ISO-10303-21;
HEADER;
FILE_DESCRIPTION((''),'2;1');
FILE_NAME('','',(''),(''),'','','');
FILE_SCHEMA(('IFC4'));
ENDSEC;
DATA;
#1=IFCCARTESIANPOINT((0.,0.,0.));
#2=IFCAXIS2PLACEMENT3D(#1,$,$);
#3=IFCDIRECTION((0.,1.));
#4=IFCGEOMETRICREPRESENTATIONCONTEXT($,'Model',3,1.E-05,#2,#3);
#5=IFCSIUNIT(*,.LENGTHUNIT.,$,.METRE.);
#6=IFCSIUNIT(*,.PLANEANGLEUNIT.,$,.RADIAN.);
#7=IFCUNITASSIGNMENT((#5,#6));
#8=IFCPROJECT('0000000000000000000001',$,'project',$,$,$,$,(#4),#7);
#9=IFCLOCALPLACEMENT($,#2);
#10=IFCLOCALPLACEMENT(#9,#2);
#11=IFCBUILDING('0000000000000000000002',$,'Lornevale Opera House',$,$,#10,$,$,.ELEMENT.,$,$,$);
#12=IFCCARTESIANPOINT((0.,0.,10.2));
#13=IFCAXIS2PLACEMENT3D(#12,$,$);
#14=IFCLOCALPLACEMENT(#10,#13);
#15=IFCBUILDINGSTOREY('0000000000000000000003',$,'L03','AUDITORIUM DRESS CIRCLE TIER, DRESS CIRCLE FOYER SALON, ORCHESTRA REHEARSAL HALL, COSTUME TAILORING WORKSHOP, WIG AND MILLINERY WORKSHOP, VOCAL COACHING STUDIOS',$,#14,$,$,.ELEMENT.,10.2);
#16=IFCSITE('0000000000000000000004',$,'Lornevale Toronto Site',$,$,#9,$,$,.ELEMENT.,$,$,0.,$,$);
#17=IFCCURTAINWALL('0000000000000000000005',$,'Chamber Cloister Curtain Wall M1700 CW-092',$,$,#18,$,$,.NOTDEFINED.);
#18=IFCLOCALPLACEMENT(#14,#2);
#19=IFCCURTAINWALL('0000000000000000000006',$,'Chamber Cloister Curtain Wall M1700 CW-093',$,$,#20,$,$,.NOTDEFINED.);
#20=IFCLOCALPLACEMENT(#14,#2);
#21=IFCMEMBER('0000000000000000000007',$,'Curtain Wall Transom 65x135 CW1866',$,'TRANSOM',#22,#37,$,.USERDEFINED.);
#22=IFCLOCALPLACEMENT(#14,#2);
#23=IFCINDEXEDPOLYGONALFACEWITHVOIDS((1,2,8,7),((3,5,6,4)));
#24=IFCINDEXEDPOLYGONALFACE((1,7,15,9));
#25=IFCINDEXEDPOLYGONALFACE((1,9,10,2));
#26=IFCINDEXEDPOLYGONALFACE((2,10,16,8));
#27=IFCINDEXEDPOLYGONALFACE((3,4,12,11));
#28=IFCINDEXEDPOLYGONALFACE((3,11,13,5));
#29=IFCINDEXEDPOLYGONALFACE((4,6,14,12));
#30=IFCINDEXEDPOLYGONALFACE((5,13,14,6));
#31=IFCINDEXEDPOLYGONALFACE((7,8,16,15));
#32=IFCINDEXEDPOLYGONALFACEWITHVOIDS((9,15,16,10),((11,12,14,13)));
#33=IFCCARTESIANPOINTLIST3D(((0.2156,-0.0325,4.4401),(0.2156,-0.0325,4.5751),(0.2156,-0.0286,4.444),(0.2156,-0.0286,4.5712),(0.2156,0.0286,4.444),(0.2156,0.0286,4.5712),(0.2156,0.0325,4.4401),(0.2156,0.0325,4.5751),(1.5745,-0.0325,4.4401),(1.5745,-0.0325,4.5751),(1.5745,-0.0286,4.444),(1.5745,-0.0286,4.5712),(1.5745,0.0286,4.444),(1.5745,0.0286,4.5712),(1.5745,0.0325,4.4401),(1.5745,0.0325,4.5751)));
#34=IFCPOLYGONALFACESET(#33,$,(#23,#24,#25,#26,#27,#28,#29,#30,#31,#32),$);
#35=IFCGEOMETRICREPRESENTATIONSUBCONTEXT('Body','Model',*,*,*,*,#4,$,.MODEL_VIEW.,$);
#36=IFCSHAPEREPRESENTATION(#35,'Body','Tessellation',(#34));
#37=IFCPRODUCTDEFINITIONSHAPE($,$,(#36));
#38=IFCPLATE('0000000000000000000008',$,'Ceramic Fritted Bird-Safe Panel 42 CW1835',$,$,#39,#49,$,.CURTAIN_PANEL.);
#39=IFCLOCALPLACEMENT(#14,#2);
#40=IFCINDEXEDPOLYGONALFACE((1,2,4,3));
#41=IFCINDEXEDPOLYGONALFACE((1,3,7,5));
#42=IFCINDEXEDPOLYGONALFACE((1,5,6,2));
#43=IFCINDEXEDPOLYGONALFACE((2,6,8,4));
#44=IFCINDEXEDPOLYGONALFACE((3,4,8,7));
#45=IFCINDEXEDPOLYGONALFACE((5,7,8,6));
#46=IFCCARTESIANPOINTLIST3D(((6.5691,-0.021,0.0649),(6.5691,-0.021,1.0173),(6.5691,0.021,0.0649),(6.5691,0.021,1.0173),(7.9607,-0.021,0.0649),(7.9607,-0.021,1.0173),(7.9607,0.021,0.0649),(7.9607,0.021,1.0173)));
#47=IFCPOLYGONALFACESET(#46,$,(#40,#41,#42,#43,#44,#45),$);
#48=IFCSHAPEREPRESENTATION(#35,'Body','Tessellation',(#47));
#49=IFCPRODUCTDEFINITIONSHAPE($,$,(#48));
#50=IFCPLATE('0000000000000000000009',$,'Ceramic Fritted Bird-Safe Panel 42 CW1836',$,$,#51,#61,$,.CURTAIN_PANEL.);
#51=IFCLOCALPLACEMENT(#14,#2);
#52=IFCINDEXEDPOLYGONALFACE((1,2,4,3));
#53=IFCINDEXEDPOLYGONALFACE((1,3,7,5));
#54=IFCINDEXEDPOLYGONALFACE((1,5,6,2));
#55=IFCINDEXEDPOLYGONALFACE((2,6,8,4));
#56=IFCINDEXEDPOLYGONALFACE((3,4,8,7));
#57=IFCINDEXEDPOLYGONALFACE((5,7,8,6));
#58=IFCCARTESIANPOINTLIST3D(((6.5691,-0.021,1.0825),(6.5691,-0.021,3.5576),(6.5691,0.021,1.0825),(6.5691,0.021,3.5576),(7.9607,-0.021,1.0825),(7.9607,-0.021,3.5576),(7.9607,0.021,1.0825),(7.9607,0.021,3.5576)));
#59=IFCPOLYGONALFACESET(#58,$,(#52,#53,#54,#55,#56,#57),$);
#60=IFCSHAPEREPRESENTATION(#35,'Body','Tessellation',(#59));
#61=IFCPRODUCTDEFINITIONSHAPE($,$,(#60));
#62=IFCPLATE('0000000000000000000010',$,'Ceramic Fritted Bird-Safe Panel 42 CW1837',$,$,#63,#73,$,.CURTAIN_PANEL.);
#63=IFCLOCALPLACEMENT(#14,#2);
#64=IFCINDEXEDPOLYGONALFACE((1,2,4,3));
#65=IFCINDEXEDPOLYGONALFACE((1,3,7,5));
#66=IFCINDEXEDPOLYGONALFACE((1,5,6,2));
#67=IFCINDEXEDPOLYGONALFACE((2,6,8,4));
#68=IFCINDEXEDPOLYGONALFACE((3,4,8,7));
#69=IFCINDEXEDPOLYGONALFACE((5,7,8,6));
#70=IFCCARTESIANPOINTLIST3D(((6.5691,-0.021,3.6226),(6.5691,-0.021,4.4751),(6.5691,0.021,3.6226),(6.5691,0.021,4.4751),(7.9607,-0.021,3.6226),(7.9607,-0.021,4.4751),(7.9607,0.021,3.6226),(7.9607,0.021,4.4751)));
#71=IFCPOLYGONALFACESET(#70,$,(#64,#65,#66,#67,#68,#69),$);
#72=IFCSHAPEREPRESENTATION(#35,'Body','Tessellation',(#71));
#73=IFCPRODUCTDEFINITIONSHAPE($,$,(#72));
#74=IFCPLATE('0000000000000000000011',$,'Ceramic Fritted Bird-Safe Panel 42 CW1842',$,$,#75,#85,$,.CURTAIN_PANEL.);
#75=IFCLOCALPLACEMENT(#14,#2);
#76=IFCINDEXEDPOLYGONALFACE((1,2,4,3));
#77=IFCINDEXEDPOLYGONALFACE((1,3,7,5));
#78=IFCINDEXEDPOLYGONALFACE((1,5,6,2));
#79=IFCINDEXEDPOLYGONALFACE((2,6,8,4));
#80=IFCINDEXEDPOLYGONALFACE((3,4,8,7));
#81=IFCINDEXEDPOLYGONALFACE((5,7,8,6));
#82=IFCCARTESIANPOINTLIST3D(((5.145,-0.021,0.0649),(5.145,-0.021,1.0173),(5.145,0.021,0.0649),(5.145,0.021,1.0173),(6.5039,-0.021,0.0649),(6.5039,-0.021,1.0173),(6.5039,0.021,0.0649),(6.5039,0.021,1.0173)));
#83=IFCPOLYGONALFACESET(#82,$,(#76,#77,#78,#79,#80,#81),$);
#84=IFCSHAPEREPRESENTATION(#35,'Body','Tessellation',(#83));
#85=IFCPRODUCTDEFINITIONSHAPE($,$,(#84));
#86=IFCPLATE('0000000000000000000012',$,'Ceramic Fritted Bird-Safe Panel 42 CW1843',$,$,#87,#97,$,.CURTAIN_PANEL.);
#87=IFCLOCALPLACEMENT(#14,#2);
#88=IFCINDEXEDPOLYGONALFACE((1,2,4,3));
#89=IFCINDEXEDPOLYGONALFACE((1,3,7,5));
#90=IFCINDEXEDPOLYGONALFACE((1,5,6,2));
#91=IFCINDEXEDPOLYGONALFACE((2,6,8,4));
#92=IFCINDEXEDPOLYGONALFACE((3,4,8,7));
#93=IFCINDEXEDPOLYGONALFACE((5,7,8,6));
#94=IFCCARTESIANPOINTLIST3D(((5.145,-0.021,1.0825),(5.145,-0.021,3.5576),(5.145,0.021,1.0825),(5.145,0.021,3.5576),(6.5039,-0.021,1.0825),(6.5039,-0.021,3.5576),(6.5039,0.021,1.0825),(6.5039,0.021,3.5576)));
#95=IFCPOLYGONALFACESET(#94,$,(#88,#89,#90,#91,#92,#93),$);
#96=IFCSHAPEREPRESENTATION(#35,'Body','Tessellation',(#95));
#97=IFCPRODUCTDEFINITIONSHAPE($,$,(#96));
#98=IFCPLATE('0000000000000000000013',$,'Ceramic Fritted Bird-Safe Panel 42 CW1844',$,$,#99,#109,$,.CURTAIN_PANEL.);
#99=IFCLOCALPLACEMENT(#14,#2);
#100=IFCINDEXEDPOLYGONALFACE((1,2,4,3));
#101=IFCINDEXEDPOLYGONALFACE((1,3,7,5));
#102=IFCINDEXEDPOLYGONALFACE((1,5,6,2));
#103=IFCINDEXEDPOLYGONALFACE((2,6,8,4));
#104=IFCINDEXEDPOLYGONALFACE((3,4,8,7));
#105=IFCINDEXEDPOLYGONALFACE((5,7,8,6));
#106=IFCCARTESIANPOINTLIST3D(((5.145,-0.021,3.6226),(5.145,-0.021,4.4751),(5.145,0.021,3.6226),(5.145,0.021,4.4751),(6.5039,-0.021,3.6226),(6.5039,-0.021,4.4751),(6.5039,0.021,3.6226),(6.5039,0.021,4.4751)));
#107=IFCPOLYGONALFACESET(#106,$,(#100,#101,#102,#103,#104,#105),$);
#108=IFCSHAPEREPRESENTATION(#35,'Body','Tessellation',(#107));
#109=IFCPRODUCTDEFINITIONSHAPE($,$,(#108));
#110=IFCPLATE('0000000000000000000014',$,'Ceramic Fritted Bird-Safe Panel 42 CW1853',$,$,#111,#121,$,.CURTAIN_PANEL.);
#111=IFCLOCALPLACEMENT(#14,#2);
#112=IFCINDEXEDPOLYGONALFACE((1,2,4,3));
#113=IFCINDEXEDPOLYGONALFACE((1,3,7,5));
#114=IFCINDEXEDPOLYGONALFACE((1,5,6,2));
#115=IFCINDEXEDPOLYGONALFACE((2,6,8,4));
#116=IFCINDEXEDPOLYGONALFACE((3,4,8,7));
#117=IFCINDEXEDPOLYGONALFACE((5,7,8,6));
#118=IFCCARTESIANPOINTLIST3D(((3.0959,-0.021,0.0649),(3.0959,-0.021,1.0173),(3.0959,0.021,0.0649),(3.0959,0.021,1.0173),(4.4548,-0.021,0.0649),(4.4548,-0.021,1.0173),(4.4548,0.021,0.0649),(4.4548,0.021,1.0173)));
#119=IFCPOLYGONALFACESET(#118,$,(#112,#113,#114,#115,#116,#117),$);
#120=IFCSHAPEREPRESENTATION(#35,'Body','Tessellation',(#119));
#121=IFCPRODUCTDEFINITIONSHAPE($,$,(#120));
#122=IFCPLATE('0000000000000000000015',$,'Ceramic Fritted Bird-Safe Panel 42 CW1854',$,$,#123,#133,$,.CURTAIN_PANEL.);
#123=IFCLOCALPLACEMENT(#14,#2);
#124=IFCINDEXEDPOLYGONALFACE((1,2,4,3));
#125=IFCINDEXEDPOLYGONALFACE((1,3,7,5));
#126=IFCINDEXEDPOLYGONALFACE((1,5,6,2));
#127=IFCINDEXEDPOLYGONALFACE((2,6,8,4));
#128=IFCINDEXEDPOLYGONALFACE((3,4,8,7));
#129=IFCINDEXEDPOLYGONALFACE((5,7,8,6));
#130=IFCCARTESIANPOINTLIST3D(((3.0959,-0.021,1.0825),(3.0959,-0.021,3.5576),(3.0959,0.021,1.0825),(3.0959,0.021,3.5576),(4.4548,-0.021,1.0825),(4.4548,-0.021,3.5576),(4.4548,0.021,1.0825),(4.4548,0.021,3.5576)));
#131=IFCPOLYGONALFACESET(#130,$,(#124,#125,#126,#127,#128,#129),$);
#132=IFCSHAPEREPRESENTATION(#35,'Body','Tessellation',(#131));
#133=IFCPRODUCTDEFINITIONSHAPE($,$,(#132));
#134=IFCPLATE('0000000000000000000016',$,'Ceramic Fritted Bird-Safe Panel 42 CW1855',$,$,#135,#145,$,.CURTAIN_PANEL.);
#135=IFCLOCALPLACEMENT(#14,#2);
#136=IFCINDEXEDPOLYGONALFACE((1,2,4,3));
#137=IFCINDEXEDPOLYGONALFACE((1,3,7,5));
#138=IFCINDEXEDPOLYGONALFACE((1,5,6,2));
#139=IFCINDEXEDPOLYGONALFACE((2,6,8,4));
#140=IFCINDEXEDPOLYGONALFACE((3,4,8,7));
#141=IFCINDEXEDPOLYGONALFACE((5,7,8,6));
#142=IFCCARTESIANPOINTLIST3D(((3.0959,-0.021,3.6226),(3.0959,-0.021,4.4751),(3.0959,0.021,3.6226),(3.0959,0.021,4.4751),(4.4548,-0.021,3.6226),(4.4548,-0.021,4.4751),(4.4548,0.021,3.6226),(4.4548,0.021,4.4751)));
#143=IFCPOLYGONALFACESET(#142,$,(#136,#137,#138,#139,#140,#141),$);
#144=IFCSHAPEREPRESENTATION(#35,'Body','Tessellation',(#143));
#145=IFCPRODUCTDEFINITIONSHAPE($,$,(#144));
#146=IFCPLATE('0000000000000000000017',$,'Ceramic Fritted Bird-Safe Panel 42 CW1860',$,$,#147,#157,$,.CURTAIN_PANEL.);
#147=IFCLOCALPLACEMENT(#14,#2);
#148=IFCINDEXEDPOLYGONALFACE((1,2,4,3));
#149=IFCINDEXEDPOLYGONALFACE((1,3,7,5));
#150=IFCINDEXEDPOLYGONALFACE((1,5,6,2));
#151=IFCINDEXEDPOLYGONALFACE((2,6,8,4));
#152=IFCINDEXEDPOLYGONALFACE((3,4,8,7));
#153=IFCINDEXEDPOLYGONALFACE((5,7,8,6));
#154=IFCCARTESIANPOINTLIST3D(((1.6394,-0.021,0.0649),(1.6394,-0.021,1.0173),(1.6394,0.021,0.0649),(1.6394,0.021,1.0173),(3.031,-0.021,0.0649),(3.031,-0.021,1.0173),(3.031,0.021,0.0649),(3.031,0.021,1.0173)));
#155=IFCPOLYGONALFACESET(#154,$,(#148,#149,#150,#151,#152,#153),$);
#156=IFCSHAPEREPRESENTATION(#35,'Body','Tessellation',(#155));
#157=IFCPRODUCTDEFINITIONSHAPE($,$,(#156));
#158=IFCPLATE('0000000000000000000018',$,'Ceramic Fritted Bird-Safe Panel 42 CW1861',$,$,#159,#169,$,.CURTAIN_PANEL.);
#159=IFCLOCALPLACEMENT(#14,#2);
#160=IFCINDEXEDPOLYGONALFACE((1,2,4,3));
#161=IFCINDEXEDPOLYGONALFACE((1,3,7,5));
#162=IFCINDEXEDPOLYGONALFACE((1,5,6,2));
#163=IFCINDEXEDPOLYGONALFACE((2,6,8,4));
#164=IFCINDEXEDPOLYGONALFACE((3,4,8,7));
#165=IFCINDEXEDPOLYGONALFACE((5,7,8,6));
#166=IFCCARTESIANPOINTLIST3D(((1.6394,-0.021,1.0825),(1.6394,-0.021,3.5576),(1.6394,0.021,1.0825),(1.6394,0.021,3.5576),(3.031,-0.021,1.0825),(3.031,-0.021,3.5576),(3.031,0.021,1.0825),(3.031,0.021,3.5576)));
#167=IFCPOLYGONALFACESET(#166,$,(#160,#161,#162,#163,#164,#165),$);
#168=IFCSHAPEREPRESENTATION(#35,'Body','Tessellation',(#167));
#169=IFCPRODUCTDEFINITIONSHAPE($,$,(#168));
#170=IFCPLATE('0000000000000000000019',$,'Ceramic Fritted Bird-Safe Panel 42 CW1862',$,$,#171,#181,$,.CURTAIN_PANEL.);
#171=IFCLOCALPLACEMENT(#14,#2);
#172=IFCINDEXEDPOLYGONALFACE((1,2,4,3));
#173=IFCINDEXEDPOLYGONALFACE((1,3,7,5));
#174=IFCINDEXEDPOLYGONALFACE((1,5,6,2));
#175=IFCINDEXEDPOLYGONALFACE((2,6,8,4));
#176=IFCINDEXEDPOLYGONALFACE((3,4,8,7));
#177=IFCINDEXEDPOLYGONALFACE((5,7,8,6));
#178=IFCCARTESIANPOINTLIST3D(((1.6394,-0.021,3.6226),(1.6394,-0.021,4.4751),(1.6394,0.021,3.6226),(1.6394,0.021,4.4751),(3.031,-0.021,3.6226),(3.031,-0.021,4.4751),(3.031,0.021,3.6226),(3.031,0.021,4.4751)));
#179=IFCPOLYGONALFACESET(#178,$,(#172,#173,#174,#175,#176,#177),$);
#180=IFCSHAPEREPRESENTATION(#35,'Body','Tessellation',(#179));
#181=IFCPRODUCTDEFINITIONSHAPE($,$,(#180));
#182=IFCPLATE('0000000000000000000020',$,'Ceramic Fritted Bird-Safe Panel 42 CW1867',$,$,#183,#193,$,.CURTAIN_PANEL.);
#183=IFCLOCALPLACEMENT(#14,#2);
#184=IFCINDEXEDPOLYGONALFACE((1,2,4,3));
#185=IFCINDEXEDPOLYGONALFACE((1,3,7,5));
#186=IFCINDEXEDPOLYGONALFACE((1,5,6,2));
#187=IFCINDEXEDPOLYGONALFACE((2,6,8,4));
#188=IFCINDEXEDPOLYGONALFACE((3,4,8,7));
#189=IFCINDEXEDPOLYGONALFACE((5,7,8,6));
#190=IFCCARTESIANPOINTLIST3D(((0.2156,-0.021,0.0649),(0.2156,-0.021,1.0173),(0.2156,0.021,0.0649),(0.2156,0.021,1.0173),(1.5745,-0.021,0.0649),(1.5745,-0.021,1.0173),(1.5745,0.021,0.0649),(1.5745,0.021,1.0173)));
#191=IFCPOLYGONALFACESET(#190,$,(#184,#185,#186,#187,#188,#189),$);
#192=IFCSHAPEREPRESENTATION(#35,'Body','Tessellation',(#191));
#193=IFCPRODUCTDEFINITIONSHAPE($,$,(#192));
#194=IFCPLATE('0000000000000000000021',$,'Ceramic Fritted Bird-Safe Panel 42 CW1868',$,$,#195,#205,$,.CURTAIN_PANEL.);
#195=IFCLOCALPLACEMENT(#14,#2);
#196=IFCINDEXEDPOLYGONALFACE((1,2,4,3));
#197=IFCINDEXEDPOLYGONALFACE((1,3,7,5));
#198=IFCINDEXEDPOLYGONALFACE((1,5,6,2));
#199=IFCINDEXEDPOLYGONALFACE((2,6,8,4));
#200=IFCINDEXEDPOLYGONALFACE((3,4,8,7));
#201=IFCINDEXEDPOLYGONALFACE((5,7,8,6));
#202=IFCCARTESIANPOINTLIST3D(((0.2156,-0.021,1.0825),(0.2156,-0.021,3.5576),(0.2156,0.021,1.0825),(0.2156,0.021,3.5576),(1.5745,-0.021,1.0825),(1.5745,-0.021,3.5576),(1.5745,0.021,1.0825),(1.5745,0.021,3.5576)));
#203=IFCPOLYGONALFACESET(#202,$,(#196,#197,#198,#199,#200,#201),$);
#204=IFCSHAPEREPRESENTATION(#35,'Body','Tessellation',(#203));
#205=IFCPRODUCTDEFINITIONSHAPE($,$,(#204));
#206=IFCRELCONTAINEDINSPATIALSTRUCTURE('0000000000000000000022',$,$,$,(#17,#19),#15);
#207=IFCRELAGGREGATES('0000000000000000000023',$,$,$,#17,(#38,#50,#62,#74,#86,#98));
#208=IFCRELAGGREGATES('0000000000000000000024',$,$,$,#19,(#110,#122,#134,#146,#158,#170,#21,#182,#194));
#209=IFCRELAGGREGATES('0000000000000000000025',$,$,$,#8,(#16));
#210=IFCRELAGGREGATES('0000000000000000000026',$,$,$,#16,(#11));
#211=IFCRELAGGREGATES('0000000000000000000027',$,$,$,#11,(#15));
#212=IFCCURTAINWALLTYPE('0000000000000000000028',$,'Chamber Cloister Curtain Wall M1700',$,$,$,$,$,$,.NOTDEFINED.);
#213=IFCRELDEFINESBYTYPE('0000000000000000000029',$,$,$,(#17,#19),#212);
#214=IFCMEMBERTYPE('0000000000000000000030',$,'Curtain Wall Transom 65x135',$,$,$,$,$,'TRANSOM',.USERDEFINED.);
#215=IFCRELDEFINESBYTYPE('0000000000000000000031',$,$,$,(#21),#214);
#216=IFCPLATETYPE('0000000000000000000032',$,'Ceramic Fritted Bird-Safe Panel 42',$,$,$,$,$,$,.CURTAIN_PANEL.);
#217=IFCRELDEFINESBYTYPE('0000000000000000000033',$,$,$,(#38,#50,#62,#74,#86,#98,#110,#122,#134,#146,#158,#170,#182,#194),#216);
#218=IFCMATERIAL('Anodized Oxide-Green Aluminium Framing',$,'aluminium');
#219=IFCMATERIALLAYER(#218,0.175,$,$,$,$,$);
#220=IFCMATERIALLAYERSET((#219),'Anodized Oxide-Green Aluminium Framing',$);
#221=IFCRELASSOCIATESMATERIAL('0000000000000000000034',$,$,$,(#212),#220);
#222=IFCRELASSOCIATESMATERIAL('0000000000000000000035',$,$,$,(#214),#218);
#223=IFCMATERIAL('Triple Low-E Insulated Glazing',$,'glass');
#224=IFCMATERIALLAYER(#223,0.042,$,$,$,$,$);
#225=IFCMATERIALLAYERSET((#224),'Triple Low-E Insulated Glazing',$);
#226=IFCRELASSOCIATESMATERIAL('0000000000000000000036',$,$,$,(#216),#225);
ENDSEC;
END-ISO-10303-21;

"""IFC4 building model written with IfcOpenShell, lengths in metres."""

from ifc_helpers import new_model, si_unit, direction, frame, origin, origin_2d, place, context, subcontext, project, spatial, rectangle, hollow_rectangle, extrude, material, layer, layer_set, material_profile, profile_set, type_object, element, aggregate, save


model = new_model("IFC4")

# Units and contexts
model_context = context("Model", 3, precision=1e-05, world=origin(), true_north=direction((0.0, 1.0)))
body_context = subcontext(model_context, "Body", "Model", "MODEL_VIEW")
ifc_project = project(units=[si_unit("LENGTHUNIT", "METRE"), si_unit("PLANEANGLEUNIT", "RADIAN")], contexts=[model_context])

# Site, building, storey
site_placement = place(None, origin())
site = spatial("IfcSite", under=ifc_project, at=site_placement, Name="Lornevale Toronto Site", CompositionType="ELEMENT", RefElevation=0.0)
building_placement = place(site_placement, origin())
building = spatial("IfcBuilding", under=site, at=building_placement, Name="Lornevale Opera House", CompositionType="ELEMENT")
storey_placement = place(building_placement, frame((0.0, 0.0, 10.2)))
storey = spatial("IfcBuildingStorey", under=building, at=storey_placement, Name="L03", Description="AUDITORIUM DRESS CIRCLE TIER, DRESS CIRCLE FOYER SALON, ORCHESTRA REHEARSAL HALL, COSTUME TAILORING WORKSHOP, WIG AND MILLINERY WORKSHOP, VOCAL COACHING STUDIOS", CompositionType="ELEMENT", Elevation=10.2)

# Curtain walls
ifc_material_1 = material(Name="Anodized Oxide-Green Aluminium Framing", Category="aluminium")
ifc_layer_1 = layer(ifc_material_1, 0.175)
ifc_layer_set_1 = layer_set([ifc_layer_1], Name="Anodized Oxide-Green Aluminium Framing")
curtain_wall_type = type_object("IfcCurtainWallType", Name="Chamber Cloister Curtain Wall M1700", PredefinedType="NOTDEFINED", material=ifc_layer_set_1)
curtain_wall_1_placement = place(storey_placement, origin())
curtain_wall_1 = element("IfcCurtainWall", 1, at=curtain_wall_1_placement, inside=storey, type_object=curtain_wall_type, Name="Chamber Cloister Curtain Wall M1700 CW-092", PredefinedType="NOTDEFINED")
curtain_wall_2_placement = place(storey_placement, origin())
curtain_wall_2 = element("IfcCurtainWall", 2, at=curtain_wall_2_placement, inside=storey, type_object=curtain_wall_type, Name="Chamber Cloister Curtain Wall M1700 CW-093", PredefinedType="NOTDEFINED")

# Member
ifc_material_profile_1 = material_profile(ifc_material_1, hollow_rectangle(XDim=0.0649, YDim=0.135, WallThickness=0.0039, at=origin_2d()), Name="ALU65x135x4")
ifc_profile_set_1 = profile_set([ifc_material_profile_1], Name="Anodized Oxide-Green Aluminium Framing")
member_type_1 = type_object("IfcMemberType", Name="Curtain Wall Transom 65x135", ElementType="TRANSOM", PredefinedType="USERDEFINED", material=ifc_profile_set_1)
member_1_placement = place(storey_placement, frame((1.5745, 0.0, 4.5076), z_axis=(-1.0, 0.0, 0.0), x_axis=(0.0, -1.0, 0.0)))
member_1 = element("IfcMember", 3, at=member_1_placement, type_object=member_type_1, Name="Curtain Wall Transom 65x135 CW1866", ObjectType="TRANSOM", PredefinedType="USERDEFINED", context=body_context, shape_type="SweptSolid", body=[
    extrude(hollow_rectangle(XDim=0.0649, YDim=0.135, WallThickness=0.0039, at=origin_2d()), origin(), (0.0, 0.0, 1.0), 1.3589),
])

# Plates
ifc_material_2 = material(Name="Triple Low-E Insulated Glazing", Category="glass")
ifc_layer_2 = layer(ifc_material_2, 0.042)
ifc_layer_set_2 = layer_set([ifc_layer_2], Name="Triple Low-E Insulated Glazing")
plate_type = type_object("IfcPlateType", Name="Ceramic Fritted Bird-Safe Panel 42", PredefinedType="CURTAIN_PANEL", material=ifc_layer_set_2)
plate_1_placement = place(storey_placement, frame((7.2649, 0.0, 0.0649), z_axis=(0.0, 0.0, 1.0), x_axis=(-1.0, 0.0, 0.0)))
plate_1 = element("IfcPlate", 4, at=plate_1_placement, type_object=plate_type, Name="Ceramic Fritted Bird-Safe Panel 42 CW1835", PredefinedType="CURTAIN_PANEL", context=body_context, shape_type="SweptSolid", body=[
    extrude(rectangle(XDim=1.3916, YDim=0.042, at=origin_2d()), origin(), (0.0, 0.0, 1.0), 0.9524),
])
plate_2_placement = place(storey_placement, frame((7.2649, 0.0, 1.0825), z_axis=(0.0, 0.0, 1.0), x_axis=(-1.0, 0.0, 0.0)))
plate_2 = element("IfcPlate", 5, at=plate_2_placement, type_object=plate_type, Name="Ceramic Fritted Bird-Safe Panel 42 CW1836", PredefinedType="CURTAIN_PANEL", context=body_context, shape_type="SweptSolid", body=[
    extrude(rectangle(XDim=1.3916, YDim=0.042, at=origin_2d()), origin(), (0.0, 0.0, 1.0), 2.4751),
])
plate_3_placement = place(storey_placement, frame((7.2649, 0.0, 3.6226), z_axis=(0.0, 0.0, 1.0), x_axis=(-1.0, 0.0, 0.0)))
plate_3 = element("IfcPlate", 6, at=plate_3_placement, type_object=plate_type, Name="Ceramic Fritted Bird-Safe Panel 42 CW1837", PredefinedType="CURTAIN_PANEL", context=body_context, shape_type="SweptSolid", body=[
    extrude(rectangle(XDim=1.3916, YDim=0.042, at=origin_2d()), origin(), (0.0, 0.0, 1.0), 0.8525),
])
plate_4_placement = place(storey_placement, frame((5.8245, 0.0, 0.0649), z_axis=(0.0, 0.0, 1.0), x_axis=(-1.0, 0.0, 0.0)))
plate_4 = element("IfcPlate", 7, at=plate_4_placement, type_object=plate_type, Name="Ceramic Fritted Bird-Safe Panel 42 CW1842", PredefinedType="CURTAIN_PANEL", context=body_context, shape_type="SweptSolid", body=[
    extrude(rectangle(XDim=1.3589, YDim=0.042, at=origin_2d()), origin(), (0.0, 0.0, 1.0), 0.9524),
])
plate_5_placement = place(storey_placement, frame((5.8245, 0.0, 1.0825), z_axis=(0.0, 0.0, 1.0), x_axis=(-1.0, 0.0, 0.0)))
plate_5 = element("IfcPlate", 8, at=plate_5_placement, type_object=plate_type, Name="Ceramic Fritted Bird-Safe Panel 42 CW1843", PredefinedType="CURTAIN_PANEL", context=body_context, shape_type="SweptSolid", body=[
    extrude(rectangle(XDim=1.3589, YDim=0.042, at=origin_2d()), origin(), (0.0, 0.0, 1.0), 2.4751),
])
plate_6_placement = place(storey_placement, frame((5.8245, 0.0, 3.6226), z_axis=(0.0, 0.0, 1.0), x_axis=(-1.0, 0.0, 0.0)))
plate_6 = element("IfcPlate", 9, at=plate_6_placement, type_object=plate_type, Name="Ceramic Fritted Bird-Safe Panel 42 CW1844", PredefinedType="CURTAIN_PANEL", context=body_context, shape_type="SweptSolid", body=[
    extrude(rectangle(XDim=1.3589, YDim=0.042, at=origin_2d()), origin(), (0.0, 0.0, 1.0), 0.8525),
])
aggregate(curtain_wall_1, [plate_1, plate_2, plate_3, plate_4, plate_5, plate_6])
plate_7_placement = place(storey_placement, frame((3.7754, 0.0, 0.0649), z_axis=(0.0, 0.0, 1.0), x_axis=(-1.0, 0.0, 0.0)))
plate_7 = element("IfcPlate", 10, at=plate_7_placement, type_object=plate_type, Name="Ceramic Fritted Bird-Safe Panel 42 CW1853", PredefinedType="CURTAIN_PANEL", context=body_context, shape_type="SweptSolid", body=[
    extrude(rectangle(XDim=1.3589, YDim=0.042, at=origin_2d()), origin(), (0.0, 0.0, 1.0), 0.9524),
])
plate_8_placement = place(storey_placement, frame((3.7754, 0.0, 1.0825), z_axis=(0.0, 0.0, 1.0), x_axis=(-1.0, 0.0, 0.0)))
plate_8 = element("IfcPlate", 11, at=plate_8_placement, type_object=plate_type, Name="Ceramic Fritted Bird-Safe Panel 42 CW1854", PredefinedType="CURTAIN_PANEL", context=body_context, shape_type="SweptSolid", body=[
    extrude(rectangle(XDim=1.3589, YDim=0.042, at=origin_2d()), origin(), (0.0, 0.0, 1.0), 2.4751),
])
plate_9_placement = place(storey_placement, frame((3.7754, 0.0, 3.6226), z_axis=(0.0, 0.0, 1.0), x_axis=(-1.0, 0.0, 0.0)))
plate_9 = element("IfcPlate", 12, at=plate_9_placement, type_object=plate_type, Name="Ceramic Fritted Bird-Safe Panel 42 CW1855", PredefinedType="CURTAIN_PANEL", context=body_context, shape_type="SweptSolid", body=[
    extrude(rectangle(XDim=1.3589, YDim=0.042, at=origin_2d()), origin(), (0.0, 0.0, 1.0), 0.8525),
])
plate_10_placement = place(storey_placement, frame((2.3352, 0.0, 0.0649), z_axis=(0.0, 0.0, 1.0), x_axis=(-1.0, 0.0, 0.0)))
plate_10 = element("IfcPlate", 13, at=plate_10_placement, type_object=plate_type, Name="Ceramic Fritted Bird-Safe Panel 42 CW1860", PredefinedType="CURTAIN_PANEL", context=body_context, shape_type="SweptSolid", body=[
    extrude(rectangle(XDim=1.3916, YDim=0.042, at=origin_2d()), origin(), (0.0, 0.0, 1.0), 0.9524),
])
plate_11_placement = place(storey_placement, frame((2.3352, 0.0, 1.0825), z_axis=(0.0, 0.0, 1.0), x_axis=(-1.0, 0.0, 0.0)))
plate_11 = element("IfcPlate", 14, at=plate_11_placement, type_object=plate_type, Name="Ceramic Fritted Bird-Safe Panel 42 CW1861", PredefinedType="CURTAIN_PANEL", context=body_context, shape_type="SweptSolid", body=[
    extrude(rectangle(XDim=1.3916, YDim=0.042, at=origin_2d()), origin(), (0.0, 0.0, 1.0), 2.4751),
])
plate_12_placement = place(storey_placement, frame((2.3352, 0.0, 3.6226), z_axis=(0.0, 0.0, 1.0), x_axis=(-1.0, 0.0, 0.0)))
plate_12 = element("IfcPlate", 15, at=plate_12_placement, type_object=plate_type, Name="Ceramic Fritted Bird-Safe Panel 42 CW1862", PredefinedType="CURTAIN_PANEL", context=body_context, shape_type="SweptSolid", body=[
    extrude(rectangle(XDim=1.3916, YDim=0.042, at=origin_2d()), origin(), (0.0, 0.0, 1.0), 0.8525),
])
plate_13_placement = place(storey_placement, frame((0.895, 0.0, 0.0649), z_axis=(0.0, 0.0, 1.0), x_axis=(-1.0, 0.0, 0.0)))
plate_13 = element("IfcPlate", 16, at=plate_13_placement, type_object=plate_type, Name="Ceramic Fritted Bird-Safe Panel 42 CW1867", PredefinedType="CURTAIN_PANEL", context=body_context, shape_type="SweptSolid", body=[
    extrude(rectangle(XDim=1.3589, YDim=0.042, at=origin_2d()), origin(), (0.0, 0.0, 1.0), 0.9524),
])
plate_14_placement = place(storey_placement, frame((0.895, 0.0, 1.0825), z_axis=(0.0, 0.0, 1.0), x_axis=(-1.0, 0.0, 0.0)))
plate_14 = element("IfcPlate", 17, at=plate_14_placement, type_object=plate_type, Name="Ceramic Fritted Bird-Safe Panel 42 CW1868", PredefinedType="CURTAIN_PANEL", context=body_context, shape_type="SweptSolid", body=[
    extrude(rectangle(XDim=1.3589, YDim=0.042, at=origin_2d()), origin(), (0.0, 0.0, 1.0), 2.4751),
])
aggregate(curtain_wall_2, [plate_7, plate_8, plate_9, plate_10, plate_11, plate_12, member_1, plate_13, plate_14])

save(model, "model.ifc")
